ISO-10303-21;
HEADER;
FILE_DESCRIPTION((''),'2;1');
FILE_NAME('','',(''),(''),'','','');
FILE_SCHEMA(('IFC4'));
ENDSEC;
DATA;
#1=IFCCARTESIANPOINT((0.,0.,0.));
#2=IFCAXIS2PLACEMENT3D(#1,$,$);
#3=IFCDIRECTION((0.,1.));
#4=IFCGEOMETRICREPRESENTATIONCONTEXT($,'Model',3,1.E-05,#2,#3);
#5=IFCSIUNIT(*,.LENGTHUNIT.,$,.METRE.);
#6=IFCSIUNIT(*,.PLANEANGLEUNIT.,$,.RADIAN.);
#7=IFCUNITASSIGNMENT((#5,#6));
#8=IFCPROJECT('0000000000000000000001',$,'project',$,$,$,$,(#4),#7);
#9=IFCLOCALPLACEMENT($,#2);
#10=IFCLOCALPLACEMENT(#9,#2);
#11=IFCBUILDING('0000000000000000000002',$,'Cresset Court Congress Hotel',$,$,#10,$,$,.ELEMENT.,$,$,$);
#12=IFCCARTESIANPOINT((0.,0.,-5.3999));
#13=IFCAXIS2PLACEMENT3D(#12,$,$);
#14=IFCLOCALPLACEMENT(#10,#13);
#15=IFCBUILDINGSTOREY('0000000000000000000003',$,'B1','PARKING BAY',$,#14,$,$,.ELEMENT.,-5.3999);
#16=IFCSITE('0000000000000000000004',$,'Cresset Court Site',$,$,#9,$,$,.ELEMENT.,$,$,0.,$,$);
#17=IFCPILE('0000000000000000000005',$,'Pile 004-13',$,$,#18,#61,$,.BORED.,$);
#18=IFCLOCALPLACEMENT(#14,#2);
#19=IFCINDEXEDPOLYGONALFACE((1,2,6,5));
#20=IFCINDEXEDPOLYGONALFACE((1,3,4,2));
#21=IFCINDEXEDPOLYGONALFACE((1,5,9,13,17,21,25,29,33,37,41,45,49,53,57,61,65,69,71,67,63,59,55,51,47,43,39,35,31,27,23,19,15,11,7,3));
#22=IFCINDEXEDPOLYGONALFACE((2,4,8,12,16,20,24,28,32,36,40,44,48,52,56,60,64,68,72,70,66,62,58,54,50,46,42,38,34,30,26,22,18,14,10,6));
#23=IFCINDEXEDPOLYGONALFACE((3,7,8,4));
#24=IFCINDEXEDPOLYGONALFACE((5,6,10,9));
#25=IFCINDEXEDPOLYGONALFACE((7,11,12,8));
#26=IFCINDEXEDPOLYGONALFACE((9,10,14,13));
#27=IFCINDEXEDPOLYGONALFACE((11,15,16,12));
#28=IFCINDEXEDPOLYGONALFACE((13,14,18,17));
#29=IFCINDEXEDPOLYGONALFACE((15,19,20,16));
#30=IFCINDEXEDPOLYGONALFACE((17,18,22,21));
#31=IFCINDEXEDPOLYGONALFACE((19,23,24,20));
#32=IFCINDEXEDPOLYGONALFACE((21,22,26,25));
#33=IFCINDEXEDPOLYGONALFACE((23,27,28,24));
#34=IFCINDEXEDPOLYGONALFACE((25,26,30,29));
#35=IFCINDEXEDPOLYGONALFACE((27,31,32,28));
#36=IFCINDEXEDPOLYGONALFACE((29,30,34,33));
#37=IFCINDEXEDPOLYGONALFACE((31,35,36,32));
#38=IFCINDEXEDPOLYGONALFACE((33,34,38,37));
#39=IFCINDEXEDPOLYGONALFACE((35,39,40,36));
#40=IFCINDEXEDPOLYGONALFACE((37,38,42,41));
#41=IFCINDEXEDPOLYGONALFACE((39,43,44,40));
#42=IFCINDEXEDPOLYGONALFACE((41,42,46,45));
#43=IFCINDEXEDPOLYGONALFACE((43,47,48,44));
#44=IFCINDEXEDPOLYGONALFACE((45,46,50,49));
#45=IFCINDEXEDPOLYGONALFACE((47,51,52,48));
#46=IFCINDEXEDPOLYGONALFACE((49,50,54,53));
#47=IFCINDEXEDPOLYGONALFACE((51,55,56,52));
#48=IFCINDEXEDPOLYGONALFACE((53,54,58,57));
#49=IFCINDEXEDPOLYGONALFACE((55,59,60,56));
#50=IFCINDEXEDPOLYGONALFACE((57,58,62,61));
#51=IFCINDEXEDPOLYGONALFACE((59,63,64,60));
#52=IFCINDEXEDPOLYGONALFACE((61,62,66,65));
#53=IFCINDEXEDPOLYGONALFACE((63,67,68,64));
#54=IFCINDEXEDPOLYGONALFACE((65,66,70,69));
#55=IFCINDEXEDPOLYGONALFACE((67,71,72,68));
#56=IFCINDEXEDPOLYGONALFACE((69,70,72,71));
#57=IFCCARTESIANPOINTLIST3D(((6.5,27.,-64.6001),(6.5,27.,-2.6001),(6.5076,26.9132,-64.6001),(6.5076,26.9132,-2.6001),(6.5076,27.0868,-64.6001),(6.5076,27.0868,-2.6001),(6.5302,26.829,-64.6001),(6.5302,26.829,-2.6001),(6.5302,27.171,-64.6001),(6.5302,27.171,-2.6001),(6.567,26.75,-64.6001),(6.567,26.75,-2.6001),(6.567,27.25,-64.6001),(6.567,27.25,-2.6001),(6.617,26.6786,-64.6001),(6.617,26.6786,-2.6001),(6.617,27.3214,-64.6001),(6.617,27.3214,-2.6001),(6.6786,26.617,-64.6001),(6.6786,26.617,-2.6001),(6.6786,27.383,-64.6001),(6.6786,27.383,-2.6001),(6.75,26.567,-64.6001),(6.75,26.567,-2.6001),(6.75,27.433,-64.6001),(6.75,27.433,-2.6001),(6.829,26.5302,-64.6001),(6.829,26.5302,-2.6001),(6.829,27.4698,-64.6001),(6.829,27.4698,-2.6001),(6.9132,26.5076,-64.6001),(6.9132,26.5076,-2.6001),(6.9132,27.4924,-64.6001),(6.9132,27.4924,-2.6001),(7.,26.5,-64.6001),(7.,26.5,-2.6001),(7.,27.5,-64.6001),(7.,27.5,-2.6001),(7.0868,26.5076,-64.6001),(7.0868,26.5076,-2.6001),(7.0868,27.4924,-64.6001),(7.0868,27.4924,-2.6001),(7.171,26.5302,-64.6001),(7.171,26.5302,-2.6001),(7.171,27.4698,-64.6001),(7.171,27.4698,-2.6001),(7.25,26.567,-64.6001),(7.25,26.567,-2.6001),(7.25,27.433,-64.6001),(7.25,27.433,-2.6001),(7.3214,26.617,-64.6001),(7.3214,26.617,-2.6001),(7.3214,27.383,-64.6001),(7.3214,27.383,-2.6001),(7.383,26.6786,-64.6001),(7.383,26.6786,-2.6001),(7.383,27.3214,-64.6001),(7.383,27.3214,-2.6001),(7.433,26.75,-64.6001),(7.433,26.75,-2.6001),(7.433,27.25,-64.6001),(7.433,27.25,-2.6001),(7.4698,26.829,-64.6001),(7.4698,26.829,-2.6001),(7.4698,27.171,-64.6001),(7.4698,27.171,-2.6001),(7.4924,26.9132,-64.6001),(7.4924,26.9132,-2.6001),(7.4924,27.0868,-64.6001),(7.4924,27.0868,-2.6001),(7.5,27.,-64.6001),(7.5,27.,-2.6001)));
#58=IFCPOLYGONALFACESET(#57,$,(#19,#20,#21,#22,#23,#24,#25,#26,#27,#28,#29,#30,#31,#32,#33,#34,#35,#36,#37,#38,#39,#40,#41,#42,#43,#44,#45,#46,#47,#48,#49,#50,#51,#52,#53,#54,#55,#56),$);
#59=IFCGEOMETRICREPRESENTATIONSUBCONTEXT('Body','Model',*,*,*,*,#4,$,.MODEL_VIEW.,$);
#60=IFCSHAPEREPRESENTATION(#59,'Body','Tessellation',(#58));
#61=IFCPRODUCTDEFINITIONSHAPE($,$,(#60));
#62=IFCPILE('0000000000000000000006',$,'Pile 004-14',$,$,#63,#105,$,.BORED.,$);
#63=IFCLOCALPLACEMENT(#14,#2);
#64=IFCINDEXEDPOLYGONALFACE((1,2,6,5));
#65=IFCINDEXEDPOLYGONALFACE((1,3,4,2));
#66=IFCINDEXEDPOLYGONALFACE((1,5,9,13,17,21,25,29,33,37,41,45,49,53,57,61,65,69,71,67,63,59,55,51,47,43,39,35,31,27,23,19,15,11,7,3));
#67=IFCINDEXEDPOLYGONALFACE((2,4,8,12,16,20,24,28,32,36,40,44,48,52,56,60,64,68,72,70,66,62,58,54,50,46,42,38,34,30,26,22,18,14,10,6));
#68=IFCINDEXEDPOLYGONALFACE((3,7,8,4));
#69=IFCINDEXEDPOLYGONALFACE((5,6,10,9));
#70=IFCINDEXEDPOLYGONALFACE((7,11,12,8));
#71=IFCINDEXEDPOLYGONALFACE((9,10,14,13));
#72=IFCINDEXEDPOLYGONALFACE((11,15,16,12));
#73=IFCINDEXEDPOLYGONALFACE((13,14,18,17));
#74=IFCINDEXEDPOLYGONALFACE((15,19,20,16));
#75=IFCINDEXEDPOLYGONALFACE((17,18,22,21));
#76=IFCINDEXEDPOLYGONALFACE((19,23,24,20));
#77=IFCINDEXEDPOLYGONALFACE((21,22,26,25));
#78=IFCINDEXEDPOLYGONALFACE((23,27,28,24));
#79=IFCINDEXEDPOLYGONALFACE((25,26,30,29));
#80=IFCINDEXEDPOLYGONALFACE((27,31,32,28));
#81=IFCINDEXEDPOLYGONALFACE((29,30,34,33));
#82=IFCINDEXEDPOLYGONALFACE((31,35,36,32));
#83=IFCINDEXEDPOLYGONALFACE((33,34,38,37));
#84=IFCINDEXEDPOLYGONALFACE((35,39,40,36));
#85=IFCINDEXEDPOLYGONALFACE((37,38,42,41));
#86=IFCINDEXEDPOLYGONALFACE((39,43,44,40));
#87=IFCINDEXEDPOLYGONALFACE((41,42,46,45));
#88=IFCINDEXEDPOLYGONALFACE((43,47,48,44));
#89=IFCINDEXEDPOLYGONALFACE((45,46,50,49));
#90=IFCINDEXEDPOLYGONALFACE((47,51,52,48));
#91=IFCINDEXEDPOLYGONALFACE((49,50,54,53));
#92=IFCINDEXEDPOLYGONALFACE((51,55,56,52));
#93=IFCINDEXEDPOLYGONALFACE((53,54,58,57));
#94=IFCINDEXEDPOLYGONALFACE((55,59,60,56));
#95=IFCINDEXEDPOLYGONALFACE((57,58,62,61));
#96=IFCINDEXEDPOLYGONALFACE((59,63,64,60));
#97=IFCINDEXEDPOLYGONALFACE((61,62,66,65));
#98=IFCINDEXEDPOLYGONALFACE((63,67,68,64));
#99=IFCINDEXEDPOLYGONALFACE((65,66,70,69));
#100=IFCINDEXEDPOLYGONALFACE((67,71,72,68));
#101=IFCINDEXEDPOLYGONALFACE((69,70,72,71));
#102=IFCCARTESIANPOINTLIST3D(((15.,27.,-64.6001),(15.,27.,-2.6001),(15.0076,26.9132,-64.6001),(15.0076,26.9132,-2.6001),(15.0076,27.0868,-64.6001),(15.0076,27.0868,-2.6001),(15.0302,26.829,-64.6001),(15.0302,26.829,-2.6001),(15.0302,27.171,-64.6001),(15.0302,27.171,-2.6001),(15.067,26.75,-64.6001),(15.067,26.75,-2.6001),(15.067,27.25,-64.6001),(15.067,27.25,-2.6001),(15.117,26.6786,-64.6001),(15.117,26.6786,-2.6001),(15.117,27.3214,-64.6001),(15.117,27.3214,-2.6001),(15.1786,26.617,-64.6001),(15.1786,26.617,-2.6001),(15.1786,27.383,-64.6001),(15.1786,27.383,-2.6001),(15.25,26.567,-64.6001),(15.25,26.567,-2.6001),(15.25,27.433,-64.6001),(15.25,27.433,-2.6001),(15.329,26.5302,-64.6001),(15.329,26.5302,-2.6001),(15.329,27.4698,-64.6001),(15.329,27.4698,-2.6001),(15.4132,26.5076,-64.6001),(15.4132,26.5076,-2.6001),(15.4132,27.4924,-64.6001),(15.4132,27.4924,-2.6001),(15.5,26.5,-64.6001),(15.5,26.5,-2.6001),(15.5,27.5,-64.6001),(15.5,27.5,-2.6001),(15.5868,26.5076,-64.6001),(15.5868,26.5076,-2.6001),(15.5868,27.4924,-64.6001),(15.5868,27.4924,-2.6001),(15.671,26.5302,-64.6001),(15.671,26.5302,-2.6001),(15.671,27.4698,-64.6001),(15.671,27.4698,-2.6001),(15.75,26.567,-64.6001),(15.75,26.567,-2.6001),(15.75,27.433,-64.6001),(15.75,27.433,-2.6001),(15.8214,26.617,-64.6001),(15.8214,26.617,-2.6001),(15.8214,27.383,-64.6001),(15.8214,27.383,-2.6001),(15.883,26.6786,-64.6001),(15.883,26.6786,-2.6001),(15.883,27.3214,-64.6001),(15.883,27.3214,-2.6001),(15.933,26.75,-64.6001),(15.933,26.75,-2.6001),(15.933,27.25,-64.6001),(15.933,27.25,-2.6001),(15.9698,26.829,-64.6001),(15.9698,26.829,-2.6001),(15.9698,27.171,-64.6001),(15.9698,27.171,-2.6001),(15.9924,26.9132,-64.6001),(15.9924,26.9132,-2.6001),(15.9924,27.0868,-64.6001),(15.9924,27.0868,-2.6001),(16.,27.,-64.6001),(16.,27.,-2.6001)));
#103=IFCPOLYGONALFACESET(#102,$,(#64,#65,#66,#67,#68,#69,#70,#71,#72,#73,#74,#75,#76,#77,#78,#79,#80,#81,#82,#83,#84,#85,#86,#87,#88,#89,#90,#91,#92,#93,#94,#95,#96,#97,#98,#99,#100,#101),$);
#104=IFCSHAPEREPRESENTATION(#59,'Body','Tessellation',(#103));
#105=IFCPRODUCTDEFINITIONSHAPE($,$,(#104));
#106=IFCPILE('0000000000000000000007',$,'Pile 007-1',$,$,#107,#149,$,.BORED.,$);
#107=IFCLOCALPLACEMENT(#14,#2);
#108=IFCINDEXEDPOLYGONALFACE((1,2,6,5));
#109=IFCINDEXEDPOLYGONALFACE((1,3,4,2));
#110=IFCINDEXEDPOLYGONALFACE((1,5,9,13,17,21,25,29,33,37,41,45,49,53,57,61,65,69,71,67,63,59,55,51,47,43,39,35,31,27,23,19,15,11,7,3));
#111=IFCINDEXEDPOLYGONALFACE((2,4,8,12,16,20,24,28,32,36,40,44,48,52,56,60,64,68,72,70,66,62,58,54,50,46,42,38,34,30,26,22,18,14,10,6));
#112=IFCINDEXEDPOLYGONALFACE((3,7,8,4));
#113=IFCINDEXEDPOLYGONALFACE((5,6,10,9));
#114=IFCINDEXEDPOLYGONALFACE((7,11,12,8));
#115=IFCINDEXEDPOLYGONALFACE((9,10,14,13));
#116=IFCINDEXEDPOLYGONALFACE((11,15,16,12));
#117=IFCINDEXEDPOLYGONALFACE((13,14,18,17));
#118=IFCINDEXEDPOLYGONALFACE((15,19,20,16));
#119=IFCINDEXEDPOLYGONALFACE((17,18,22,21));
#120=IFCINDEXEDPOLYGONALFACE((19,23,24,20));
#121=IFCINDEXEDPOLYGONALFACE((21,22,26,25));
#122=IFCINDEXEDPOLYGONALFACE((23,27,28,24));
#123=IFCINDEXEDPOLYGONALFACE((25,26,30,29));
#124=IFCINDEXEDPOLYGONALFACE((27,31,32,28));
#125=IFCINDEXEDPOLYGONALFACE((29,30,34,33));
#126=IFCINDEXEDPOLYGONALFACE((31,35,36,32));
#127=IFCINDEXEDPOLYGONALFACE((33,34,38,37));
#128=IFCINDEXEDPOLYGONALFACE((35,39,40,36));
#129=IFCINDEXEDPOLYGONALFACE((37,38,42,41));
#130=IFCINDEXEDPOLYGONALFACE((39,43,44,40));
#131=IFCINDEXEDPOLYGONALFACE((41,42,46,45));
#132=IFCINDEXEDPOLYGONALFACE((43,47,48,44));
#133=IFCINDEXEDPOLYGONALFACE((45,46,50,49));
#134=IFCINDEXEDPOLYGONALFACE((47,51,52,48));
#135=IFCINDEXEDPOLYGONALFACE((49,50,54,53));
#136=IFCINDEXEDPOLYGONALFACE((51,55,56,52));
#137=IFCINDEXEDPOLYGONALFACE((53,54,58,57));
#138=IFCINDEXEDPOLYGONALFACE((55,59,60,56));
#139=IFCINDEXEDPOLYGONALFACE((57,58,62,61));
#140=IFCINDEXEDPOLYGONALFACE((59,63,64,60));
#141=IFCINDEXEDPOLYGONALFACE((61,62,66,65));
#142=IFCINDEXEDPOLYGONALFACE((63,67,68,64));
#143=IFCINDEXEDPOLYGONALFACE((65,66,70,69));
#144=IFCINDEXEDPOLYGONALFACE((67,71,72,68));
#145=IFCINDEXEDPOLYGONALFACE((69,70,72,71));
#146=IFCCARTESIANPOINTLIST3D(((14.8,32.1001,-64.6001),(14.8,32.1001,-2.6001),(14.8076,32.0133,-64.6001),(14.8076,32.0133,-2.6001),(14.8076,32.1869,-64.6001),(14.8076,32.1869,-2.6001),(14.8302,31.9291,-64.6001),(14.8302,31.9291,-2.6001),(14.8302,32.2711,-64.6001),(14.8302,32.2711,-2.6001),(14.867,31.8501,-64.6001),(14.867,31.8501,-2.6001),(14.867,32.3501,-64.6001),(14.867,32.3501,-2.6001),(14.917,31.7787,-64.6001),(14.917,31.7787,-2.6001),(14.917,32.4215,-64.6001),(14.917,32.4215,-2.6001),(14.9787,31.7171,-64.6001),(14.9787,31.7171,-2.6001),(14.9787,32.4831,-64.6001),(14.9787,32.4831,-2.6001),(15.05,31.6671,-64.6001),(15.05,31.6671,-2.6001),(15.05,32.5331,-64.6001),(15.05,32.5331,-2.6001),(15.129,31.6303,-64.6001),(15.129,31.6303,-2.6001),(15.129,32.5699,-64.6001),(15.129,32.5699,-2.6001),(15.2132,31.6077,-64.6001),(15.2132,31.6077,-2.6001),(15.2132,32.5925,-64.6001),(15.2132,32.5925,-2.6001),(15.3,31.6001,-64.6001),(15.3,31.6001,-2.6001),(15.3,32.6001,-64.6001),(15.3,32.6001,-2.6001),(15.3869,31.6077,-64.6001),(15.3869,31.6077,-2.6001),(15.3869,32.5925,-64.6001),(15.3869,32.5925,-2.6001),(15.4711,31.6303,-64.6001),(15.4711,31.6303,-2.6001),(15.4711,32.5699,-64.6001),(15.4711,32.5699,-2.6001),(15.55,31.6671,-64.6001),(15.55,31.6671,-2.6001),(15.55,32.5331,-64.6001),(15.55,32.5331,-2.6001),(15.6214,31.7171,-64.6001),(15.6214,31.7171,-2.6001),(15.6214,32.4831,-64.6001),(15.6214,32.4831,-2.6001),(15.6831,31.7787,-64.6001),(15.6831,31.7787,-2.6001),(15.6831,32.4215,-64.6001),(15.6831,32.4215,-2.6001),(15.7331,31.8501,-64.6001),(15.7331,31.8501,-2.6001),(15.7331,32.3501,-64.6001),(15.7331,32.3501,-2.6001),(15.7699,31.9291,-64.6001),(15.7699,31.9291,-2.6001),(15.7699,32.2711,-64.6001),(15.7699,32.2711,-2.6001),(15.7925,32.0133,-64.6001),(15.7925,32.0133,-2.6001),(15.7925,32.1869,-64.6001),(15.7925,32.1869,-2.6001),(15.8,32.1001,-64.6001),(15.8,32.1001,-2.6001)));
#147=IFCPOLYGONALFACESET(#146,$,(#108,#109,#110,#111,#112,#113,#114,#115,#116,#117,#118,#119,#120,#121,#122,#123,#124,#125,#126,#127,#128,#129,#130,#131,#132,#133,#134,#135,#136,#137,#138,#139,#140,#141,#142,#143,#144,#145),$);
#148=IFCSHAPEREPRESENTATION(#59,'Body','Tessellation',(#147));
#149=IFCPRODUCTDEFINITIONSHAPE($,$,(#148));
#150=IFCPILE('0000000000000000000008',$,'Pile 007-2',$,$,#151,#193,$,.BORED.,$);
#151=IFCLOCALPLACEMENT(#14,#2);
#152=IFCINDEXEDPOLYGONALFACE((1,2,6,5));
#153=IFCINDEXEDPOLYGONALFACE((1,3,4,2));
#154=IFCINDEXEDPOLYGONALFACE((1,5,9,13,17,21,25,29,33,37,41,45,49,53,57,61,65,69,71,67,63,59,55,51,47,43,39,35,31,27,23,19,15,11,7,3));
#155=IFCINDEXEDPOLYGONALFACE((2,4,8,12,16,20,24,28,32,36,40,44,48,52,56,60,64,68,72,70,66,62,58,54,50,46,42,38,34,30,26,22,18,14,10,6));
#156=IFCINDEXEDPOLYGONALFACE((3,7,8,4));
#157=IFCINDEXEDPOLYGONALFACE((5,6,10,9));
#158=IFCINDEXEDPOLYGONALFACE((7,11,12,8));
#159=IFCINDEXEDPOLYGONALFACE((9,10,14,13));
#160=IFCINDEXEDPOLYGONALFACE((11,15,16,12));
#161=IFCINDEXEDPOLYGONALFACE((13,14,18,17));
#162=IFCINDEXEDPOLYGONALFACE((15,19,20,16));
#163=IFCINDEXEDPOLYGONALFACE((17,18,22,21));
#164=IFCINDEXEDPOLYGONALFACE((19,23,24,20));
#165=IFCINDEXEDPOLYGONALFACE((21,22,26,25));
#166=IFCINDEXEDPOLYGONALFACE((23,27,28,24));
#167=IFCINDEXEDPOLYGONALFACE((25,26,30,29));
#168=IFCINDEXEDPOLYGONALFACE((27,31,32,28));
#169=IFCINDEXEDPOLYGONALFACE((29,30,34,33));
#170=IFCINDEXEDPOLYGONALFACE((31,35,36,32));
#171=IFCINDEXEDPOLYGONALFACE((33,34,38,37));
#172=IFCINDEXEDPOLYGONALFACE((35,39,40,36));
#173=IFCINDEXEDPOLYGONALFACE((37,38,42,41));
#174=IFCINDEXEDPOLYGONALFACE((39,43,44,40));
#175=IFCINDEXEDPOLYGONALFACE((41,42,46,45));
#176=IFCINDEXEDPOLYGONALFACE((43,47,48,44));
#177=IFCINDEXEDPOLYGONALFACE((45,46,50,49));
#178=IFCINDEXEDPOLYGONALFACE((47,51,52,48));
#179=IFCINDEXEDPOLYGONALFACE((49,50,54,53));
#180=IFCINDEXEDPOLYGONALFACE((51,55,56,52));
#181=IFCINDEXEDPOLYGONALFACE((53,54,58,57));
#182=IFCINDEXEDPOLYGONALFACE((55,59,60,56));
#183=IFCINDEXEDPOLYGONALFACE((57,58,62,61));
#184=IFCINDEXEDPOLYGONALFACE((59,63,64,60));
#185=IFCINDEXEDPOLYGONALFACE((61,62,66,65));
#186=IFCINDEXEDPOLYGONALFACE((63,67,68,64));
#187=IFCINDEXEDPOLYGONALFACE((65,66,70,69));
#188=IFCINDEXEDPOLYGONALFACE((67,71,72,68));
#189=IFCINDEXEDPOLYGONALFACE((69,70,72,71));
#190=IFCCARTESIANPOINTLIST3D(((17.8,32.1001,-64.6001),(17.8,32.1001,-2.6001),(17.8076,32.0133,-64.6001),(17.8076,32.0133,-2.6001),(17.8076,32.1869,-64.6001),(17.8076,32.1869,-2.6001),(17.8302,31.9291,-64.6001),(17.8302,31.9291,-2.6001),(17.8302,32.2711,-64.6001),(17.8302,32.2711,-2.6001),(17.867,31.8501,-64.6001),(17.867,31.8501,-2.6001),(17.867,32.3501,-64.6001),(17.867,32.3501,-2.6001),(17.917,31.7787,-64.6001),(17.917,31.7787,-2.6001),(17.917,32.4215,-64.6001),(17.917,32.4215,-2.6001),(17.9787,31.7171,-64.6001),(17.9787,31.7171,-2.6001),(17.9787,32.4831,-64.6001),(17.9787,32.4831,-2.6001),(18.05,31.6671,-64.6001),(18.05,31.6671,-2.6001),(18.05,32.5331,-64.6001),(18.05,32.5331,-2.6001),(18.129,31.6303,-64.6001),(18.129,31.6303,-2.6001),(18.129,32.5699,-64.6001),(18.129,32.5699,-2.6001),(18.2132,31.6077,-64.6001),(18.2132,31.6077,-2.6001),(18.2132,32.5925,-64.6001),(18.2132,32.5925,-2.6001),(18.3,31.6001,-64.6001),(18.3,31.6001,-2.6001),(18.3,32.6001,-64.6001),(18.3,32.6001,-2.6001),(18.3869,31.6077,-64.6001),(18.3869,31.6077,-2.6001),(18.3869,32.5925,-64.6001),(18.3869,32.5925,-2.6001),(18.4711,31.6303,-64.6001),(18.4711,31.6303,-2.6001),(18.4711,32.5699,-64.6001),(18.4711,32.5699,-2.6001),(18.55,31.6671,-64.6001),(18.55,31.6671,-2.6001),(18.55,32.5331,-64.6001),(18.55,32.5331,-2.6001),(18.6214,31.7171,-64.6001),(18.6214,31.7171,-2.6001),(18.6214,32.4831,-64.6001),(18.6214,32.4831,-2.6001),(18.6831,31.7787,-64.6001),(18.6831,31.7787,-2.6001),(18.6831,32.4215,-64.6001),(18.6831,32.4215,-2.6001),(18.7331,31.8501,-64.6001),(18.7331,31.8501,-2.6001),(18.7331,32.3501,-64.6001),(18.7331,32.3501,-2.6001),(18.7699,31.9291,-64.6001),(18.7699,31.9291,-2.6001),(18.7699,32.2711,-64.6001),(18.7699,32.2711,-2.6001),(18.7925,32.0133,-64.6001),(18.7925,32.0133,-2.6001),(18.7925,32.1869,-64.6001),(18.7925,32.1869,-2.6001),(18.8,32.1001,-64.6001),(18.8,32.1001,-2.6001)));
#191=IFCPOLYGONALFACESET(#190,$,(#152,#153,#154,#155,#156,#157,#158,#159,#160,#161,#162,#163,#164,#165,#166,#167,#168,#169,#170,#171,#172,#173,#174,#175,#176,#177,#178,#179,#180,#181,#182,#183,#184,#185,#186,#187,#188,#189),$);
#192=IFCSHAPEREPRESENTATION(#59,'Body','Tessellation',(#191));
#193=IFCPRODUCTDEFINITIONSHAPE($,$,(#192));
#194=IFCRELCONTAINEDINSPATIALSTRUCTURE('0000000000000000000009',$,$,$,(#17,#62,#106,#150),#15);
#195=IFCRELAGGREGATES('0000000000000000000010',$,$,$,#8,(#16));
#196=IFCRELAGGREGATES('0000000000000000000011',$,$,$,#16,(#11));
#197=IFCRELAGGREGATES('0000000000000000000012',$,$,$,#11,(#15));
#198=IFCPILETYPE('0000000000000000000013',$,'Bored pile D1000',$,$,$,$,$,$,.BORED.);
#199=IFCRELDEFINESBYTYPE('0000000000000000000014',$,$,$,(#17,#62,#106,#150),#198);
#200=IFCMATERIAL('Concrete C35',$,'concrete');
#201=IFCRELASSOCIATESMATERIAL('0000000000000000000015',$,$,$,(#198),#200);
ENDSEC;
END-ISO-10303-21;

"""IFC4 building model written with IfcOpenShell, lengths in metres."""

from ifc_helpers import new_model, si_unit, direction, frame, origin, origin_2d, place, context, subcontext, project, spatial, circle, extrude, material, type_object, element, save


model = new_model("IFC4")

# Units and contexts
model_context = context("Model", 3, precision=1e-05, world=origin(), true_north=direction((0.0, 1.0)))
body_context = subcontext(model_context, "Body", "Model", "MODEL_VIEW")
ifc_project = project(units=[si_unit("LENGTHUNIT", "METRE"), si_unit("PLANEANGLEUNIT", "RADIAN")], contexts=[model_context])

# Site, building, storey
site_placement = place(None, origin())
site = spatial("IfcSite", under=ifc_project, at=site_placement, Name="Cresset Court Site", CompositionType="ELEMENT", RefElevation=0.0)
building_placement = place(site_placement, origin())
building = spatial("IfcBuilding", under=site, at=building_placement, Name="Cresset Court Congress Hotel", CompositionType="ELEMENT")
storey_placement = place(building_placement, frame((0.0, 0.0, -5.3999)))
storey = spatial("IfcBuildingStorey", under=building, at=storey_placement, Name="B1", Description="PARKING BAY", CompositionType="ELEMENT", Elevation=-5.3999)

# Piles
ifc_material_1 = material(Name="Concrete C35", Category="concrete")
pile_type = type_object("IfcPileType", Name="Bored pile D1000", PredefinedType="BORED", material=ifc_material_1)
for number, where, z_axis, x_axis, name in (
    (1, (7.0, 27.0, -2.6001), (0.0, 0.0, -1.0), (1.0, 0.0, 0.0), "Pile 004-13"),
    (2, (15.5, 27.0, -2.6001), (0.0, 0.0, -1.0), (1.0, 0.0, 0.0), "Pile 004-14"),
    (3, (15.3, 32.1001, -2.6001), (0.0, 0.0, -1.0), (1.0, 0.0, 0.0), "Pile 007-1"),
    (4, (18.3, 32.1001, -2.6001), (0.0, 0.0, -1.0), (1.0, 0.0, 0.0), "Pile 007-2"),
):
    element("IfcPile", number, at=place(storey_placement, frame(where, z_axis=z_axis, x_axis=x_axis)), inside=storey, type_object=pile_type, Name=name, PredefinedType="BORED", context=body_context, shape_type="SweptSolid", body=[
        extrude(circle(Radius=0.5, at=origin_2d()), origin(), (0.0, 0.0, 1.0), 62.0),
    ])

save(model, "model.ifc")
